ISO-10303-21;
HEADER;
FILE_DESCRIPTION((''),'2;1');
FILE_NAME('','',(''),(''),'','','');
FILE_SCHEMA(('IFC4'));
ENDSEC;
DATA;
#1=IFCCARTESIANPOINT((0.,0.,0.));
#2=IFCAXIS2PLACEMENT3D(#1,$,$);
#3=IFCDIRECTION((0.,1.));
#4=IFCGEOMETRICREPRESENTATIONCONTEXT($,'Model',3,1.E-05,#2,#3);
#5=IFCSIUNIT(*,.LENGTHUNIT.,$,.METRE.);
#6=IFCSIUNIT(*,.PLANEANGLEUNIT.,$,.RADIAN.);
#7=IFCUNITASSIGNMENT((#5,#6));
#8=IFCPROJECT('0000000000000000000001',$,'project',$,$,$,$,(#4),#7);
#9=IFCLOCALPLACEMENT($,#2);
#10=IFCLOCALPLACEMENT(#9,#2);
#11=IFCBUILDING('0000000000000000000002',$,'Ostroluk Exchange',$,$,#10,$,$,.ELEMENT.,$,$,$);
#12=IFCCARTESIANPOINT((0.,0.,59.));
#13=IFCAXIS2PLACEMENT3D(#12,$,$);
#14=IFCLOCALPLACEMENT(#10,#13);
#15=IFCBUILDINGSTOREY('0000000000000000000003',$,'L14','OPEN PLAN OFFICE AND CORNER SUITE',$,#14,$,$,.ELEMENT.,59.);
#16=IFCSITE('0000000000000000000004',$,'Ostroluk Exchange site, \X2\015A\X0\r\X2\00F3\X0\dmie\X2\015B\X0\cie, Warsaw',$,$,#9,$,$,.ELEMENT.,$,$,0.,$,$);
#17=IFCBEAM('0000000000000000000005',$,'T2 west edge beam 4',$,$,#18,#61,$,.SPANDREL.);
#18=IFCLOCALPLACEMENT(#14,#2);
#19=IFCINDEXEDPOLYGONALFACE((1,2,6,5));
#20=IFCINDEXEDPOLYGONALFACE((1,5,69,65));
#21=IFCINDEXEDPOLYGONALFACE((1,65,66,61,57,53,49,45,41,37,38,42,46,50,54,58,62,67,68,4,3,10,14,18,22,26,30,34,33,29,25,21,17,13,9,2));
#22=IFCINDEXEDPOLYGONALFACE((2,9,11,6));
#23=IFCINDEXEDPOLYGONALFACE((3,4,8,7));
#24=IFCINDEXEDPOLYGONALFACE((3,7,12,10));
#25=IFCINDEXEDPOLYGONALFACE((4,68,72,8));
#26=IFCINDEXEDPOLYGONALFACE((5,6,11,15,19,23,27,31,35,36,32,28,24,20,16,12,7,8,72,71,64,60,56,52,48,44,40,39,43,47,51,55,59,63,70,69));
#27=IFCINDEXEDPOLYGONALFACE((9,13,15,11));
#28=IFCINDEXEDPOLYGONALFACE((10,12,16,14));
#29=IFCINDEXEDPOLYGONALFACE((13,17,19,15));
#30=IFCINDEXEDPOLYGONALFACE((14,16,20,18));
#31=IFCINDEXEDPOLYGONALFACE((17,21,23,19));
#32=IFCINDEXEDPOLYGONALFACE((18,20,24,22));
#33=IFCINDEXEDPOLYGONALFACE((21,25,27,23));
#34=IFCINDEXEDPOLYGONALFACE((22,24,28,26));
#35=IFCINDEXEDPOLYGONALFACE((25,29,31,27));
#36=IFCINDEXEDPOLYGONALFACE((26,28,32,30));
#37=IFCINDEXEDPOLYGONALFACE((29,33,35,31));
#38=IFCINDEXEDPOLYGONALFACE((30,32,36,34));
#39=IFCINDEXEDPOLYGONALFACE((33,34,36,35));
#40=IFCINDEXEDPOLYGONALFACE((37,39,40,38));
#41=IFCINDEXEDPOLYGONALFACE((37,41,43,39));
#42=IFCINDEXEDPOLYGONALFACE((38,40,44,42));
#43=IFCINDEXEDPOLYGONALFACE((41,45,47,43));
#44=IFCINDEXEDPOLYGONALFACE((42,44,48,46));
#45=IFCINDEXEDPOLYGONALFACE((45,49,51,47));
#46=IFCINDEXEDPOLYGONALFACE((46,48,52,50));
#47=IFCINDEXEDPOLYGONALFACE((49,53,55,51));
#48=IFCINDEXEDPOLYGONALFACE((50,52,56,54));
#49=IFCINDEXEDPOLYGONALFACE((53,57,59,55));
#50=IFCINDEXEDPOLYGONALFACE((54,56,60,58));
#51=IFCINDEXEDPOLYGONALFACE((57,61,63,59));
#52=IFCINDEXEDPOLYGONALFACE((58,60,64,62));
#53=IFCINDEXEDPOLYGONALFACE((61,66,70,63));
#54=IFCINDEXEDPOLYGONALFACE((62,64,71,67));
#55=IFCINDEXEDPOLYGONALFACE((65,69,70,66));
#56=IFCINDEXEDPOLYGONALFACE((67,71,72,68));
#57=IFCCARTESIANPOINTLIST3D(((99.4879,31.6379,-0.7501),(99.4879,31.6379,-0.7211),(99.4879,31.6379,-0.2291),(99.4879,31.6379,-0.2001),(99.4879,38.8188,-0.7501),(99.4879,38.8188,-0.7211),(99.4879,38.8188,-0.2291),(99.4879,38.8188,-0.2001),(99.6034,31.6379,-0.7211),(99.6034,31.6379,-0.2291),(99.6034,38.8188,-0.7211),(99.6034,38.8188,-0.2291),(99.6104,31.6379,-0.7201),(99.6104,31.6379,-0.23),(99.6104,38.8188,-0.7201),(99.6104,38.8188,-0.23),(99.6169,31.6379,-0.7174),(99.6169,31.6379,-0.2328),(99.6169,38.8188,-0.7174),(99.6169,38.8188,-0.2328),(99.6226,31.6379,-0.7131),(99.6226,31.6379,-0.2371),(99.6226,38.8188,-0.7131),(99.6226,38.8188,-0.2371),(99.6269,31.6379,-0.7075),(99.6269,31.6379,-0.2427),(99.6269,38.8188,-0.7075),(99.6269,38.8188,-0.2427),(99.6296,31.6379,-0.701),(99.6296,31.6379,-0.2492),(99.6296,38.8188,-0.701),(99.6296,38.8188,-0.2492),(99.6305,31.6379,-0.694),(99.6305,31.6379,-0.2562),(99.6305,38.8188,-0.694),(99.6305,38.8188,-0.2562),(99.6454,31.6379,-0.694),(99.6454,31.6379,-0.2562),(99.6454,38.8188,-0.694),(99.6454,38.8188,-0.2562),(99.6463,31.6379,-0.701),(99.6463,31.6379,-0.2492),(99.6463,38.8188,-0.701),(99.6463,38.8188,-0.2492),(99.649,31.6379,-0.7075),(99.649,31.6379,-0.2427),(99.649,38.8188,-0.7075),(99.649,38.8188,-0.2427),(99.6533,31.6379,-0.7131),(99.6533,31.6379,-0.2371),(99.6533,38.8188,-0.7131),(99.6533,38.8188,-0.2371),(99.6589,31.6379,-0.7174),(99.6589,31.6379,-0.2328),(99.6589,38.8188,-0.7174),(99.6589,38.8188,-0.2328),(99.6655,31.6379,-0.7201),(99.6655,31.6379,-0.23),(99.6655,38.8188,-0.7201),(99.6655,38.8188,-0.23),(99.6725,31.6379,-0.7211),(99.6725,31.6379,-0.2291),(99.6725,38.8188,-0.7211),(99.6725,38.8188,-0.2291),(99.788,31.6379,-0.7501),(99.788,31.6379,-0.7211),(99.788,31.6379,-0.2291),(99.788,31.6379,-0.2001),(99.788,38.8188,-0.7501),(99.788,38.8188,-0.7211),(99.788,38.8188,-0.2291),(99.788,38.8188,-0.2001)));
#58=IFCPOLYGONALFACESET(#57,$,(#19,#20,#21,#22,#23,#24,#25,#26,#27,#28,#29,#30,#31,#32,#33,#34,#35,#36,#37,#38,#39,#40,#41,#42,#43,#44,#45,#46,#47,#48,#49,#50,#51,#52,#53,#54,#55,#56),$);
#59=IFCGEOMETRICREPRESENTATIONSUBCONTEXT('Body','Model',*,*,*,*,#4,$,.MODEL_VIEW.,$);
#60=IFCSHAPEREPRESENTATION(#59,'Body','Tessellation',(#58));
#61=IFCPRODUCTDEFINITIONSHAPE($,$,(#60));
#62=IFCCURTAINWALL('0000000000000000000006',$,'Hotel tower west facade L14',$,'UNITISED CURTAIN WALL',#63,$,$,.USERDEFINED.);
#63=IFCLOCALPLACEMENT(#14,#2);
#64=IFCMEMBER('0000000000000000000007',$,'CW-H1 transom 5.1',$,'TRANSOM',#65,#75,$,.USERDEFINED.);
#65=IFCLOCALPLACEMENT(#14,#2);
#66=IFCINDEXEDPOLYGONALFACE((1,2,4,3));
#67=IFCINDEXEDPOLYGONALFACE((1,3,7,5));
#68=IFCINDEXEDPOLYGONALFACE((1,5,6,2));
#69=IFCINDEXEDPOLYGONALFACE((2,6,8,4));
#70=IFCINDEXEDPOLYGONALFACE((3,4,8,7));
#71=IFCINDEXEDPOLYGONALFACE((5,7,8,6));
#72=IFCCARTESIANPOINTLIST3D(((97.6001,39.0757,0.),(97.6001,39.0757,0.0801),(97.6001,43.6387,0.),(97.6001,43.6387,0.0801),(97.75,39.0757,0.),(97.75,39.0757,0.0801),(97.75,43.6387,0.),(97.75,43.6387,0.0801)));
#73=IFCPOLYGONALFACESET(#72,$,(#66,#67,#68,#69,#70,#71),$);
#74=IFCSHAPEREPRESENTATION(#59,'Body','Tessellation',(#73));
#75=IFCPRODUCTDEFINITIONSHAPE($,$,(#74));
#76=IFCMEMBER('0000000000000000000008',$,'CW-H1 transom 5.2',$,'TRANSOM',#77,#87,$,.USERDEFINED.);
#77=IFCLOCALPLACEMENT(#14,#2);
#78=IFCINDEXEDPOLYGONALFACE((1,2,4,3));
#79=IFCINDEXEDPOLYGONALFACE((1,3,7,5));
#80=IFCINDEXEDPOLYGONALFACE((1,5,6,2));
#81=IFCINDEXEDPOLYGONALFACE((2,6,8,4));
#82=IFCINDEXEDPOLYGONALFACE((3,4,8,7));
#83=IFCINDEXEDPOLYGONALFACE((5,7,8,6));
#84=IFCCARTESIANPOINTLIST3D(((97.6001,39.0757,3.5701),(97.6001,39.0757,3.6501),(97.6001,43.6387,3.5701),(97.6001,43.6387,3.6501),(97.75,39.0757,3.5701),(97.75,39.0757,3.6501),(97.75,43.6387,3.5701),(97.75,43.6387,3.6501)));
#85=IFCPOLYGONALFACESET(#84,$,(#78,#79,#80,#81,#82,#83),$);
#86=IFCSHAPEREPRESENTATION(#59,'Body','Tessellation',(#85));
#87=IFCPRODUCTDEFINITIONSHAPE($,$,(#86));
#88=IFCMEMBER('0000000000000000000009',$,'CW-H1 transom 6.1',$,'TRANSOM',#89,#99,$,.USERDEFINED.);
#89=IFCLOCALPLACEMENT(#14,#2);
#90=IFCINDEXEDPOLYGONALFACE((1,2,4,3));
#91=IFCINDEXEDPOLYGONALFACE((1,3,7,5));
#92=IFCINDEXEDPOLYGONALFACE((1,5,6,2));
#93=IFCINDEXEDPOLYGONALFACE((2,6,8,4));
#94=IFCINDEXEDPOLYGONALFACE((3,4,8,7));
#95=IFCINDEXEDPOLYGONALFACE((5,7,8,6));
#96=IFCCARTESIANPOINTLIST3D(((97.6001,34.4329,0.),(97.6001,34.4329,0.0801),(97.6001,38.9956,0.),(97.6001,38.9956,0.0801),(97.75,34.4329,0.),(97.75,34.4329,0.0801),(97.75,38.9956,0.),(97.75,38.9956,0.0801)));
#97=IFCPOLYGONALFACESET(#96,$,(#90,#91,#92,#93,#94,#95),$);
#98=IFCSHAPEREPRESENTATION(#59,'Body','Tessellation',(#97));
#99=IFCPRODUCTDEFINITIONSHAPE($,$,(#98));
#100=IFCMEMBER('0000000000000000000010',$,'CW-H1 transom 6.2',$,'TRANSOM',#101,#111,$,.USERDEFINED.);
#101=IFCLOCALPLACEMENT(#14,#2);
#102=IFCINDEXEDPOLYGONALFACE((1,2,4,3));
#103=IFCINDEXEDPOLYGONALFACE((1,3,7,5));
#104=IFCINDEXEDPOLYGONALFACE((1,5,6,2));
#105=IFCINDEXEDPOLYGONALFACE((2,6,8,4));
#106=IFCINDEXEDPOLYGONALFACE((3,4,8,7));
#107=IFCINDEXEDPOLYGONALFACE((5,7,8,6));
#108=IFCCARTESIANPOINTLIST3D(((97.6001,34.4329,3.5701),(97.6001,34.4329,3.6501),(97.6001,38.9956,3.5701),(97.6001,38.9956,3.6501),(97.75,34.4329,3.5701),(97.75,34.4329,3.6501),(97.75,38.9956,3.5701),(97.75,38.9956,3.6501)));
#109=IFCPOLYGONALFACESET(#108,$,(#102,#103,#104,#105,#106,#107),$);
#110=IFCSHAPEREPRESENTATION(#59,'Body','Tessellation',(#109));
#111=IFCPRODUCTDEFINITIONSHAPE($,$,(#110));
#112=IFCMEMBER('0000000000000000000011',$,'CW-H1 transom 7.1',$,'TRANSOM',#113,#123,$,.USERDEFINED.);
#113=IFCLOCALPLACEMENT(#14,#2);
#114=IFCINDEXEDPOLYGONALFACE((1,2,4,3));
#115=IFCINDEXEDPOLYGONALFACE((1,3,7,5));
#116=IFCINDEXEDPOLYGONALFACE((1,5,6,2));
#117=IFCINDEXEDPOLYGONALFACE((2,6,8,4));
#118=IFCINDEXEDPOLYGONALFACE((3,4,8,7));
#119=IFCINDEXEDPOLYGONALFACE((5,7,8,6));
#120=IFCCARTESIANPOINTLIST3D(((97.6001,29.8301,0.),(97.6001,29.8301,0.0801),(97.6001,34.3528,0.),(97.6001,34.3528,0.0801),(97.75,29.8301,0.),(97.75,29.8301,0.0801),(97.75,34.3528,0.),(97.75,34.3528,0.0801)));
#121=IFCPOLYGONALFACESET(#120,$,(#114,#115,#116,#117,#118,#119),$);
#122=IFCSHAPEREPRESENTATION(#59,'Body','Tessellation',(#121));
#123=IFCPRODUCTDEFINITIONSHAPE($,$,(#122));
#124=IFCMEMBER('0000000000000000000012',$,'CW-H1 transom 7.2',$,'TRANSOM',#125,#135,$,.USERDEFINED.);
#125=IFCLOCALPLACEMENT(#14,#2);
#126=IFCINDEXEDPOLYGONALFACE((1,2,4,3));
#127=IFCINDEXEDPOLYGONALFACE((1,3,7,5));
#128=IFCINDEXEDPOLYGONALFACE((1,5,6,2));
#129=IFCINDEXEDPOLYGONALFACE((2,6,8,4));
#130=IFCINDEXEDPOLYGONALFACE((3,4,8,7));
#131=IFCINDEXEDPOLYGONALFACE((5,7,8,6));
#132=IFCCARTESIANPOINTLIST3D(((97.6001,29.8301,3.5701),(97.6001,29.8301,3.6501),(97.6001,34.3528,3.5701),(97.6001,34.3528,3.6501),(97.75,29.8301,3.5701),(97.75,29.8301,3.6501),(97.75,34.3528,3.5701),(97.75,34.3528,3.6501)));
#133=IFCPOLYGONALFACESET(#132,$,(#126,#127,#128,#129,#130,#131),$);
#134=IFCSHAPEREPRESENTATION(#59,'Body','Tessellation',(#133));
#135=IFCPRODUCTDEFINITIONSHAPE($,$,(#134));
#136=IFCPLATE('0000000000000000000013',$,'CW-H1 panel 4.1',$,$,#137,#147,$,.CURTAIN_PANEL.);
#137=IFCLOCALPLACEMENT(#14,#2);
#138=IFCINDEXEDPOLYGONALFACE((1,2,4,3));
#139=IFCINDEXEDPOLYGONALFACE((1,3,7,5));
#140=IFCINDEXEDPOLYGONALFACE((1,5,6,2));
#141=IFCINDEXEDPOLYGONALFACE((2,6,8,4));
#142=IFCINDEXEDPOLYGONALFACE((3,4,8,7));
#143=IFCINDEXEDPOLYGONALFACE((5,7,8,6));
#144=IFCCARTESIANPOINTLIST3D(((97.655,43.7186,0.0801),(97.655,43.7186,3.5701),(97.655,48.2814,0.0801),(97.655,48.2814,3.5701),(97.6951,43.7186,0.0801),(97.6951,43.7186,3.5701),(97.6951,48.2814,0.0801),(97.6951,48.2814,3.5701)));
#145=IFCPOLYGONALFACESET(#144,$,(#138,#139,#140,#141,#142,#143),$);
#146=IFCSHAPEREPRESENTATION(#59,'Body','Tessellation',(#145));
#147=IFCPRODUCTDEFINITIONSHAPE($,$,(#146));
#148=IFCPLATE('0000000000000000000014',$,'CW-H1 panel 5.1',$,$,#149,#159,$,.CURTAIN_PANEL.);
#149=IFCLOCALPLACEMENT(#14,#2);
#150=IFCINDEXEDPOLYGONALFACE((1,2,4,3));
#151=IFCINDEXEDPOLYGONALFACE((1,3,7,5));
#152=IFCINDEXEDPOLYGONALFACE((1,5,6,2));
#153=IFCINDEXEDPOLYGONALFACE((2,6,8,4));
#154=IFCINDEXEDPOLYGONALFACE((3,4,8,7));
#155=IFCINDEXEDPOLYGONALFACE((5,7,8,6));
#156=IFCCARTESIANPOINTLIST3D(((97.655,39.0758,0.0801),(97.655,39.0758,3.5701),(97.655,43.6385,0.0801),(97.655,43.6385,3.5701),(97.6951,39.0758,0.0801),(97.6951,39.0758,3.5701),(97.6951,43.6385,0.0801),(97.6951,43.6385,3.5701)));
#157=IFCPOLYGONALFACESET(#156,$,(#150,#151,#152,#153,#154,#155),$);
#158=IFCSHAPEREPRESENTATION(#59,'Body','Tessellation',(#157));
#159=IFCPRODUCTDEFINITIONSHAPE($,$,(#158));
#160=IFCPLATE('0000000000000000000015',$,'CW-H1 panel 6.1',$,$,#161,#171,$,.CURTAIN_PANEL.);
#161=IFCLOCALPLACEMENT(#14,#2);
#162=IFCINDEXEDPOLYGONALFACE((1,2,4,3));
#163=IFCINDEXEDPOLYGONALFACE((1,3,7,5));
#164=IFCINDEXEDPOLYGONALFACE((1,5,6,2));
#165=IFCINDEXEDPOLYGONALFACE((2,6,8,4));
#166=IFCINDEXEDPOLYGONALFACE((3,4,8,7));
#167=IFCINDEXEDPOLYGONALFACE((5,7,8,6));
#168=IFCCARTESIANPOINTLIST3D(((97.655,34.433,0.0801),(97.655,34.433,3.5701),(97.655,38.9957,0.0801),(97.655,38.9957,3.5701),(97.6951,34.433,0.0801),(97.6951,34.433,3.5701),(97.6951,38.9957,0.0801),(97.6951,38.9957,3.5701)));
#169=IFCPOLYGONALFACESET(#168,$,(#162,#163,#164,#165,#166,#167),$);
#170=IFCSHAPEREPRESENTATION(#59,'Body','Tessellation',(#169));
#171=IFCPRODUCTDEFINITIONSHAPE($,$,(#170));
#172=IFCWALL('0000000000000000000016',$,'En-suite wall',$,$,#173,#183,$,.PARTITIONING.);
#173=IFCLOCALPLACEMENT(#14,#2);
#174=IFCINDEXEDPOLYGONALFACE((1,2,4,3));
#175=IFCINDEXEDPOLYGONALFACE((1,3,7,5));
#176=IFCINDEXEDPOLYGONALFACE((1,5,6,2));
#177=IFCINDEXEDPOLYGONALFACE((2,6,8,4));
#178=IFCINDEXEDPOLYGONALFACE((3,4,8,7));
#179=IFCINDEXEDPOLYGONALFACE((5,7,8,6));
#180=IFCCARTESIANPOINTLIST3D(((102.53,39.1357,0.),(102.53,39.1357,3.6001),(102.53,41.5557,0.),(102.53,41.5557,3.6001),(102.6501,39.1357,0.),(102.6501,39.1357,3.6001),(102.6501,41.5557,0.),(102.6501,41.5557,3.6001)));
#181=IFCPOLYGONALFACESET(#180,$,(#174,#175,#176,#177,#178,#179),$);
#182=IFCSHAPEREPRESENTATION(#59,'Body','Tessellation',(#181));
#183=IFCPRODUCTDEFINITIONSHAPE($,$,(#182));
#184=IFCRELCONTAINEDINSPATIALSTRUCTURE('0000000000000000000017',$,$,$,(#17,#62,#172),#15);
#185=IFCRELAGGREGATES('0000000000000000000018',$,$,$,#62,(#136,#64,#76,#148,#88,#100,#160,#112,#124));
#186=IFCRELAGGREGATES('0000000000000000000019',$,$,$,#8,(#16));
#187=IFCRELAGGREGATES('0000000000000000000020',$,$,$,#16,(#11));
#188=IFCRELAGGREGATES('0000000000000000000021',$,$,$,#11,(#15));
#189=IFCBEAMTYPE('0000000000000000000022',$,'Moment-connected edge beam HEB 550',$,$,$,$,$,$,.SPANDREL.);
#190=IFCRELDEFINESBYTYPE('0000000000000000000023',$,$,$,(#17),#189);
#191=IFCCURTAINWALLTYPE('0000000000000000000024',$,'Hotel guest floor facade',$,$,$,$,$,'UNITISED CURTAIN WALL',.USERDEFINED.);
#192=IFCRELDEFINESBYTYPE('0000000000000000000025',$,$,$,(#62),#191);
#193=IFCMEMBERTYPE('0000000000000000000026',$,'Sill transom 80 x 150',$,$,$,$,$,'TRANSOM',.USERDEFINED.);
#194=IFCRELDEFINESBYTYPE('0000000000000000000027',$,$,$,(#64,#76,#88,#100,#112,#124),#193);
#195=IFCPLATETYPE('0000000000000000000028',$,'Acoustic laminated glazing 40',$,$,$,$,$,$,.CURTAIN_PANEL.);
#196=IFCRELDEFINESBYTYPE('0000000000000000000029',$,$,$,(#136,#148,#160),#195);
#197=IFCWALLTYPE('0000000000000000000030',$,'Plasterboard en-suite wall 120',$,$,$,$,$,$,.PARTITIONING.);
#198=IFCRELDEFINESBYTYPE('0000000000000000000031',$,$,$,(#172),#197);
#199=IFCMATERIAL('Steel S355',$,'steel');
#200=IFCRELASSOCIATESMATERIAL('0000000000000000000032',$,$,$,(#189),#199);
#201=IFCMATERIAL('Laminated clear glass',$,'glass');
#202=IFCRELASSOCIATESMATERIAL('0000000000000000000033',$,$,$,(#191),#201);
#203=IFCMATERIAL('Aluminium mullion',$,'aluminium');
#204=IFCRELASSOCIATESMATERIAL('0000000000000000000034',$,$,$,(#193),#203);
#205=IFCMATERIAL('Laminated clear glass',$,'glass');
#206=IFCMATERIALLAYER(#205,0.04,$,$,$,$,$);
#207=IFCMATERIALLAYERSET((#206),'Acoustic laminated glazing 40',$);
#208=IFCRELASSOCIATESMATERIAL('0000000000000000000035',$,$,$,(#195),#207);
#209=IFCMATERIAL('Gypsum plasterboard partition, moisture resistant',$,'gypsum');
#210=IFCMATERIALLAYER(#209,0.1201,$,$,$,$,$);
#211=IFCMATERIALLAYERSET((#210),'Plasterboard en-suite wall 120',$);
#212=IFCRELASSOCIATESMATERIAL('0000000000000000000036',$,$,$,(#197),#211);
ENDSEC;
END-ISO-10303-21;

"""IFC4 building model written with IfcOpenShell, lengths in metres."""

from ifc_helpers import new_model, si_unit, direction, frame, frame_2d, origin, origin_2d, place, context, subcontext, project, spatial, rectangle, i_section, extrude, material, layer, layer_set, material_profile, profile_set, type_object, element, aggregate, save


model = new_model("IFC4")

# Units and contexts
model_context = context("Model", 3, precision=1e-05, world=origin(), true_north=direction((0.0, 1.0)))
body_context = subcontext(model_context, "Body", "Model", "MODEL_VIEW")
ifc_project = project(units=[si_unit("LENGTHUNIT", "METRE"), si_unit("PLANEANGLEUNIT", "RADIAN")], contexts=[model_context])

# Site, building, storey
site_placement = place(None, origin())
site = spatial("IfcSite", under=ifc_project, at=site_placement, Name="Ostroluk Exchange site, Śródmieście, Warsaw", CompositionType="ELEMENT", RefElevation=0.0)
building_placement = place(site_placement, origin())
building = spatial("IfcBuilding", under=site, at=building_placement, Name="Ostroluk Exchange", CompositionType="ELEMENT")
storey_placement = place(building_placement, frame((0.0, 0.0, 59.0)))
storey = spatial("IfcBuildingStorey", under=building, at=storey_placement, Name="L14", Description="OPEN PLAN OFFICE AND CORNER SUITE", CompositionType="ELEMENT", Elevation=59.0)

# Beam
ifc_material_1 = material(Name="Steel S355", Category="steel")
ifc_material_profile_1 = material_profile(ifc_material_1, i_section(OverallWidth=0.3, OverallDepth=0.55, WebThickness=0.0149, FlangeThickness=0.0291, FilletRadius=0.0271, at=origin_2d()), Name="HEB 550")
ifc_profile_set_1 = profile_set([ifc_material_profile_1], Name="Steel S355")
beam_type = type_object("IfcBeamType", Name="Moment-connected edge beam HEB 550", PredefinedType="SPANDREL", material=ifc_profile_set_1)
beam_placement = place(storey_placement, frame((99.6379, 38.8188, -0.4751), z_axis=(0.0, -1.0, 0.0), x_axis=(1.0, 0.0, 0.0)))
element("IfcBeam", 1, at=beam_placement, inside=storey, type_object=beam_type, Name="T2 west edge beam 4", PredefinedType="SPANDREL", context=body_context, shape_type="SweptSolid", body=[
    extrude(i_section(OverallWidth=0.3, OverallDepth=0.55, WebThickness=0.0149, FlangeThickness=0.0291, FilletRadius=0.0271, at=origin_2d()), origin(), (0.0, 0.0, 1.0), 7.1809),
])

# Curtain wall, members, plates
ifc_material_2 = material(Name="Laminated clear glass", Category="glass")
curtain_wall_type = type_object("IfcCurtainWallType", Name="Hotel guest floor facade", ElementType="UNITISED CURTAIN WALL", PredefinedType="USERDEFINED", material=ifc_material_2)
curtain_wall_placement = place(storey_placement, origin())
curtain_wall = element("IfcCurtainWall", 2, at=curtain_wall_placement, inside=storey, type_object=curtain_wall_type, Name="Hotel tower west facade L14", ObjectType="UNITISED CURTAIN WALL", PredefinedType="USERDEFINED")
ifc_material_3 = material(Name="Aluminium mullion", Category="aluminium")
ifc_material_profile_2 = material_profile(ifc_material_3, rectangle(XDim=0.1499, YDim=0.0801, at=origin_2d()), Name="Sill transom 80 x 150")
ifc_profile_set_2 = profile_set([ifc_material_profile_2], Name="Aluminium mullion")
member_type = type_object("IfcMemberType", Name="Sill transom 80 x 150", ElementType="TRANSOM", PredefinedType="USERDEFINED", material=ifc_profile_set_2)
member_1_placement = place(storey_placement, frame((97.675, 43.6387, 0.04), z_axis=(0.0, -1.0, 0.0), x_axis=(1.0, 0.0, 0.0)))
member_1 = element("IfcMember", 3, at=member_1_placement, type_object=member_type, Name="CW-H1 transom 5.1", ObjectType="TRANSOM", PredefinedType="USERDEFINED", context=body_context, shape_type="SweptSolid", body=[
    extrude(rectangle(XDim=0.1499, YDim=0.0801, at=origin_2d()), origin(), (0.0, 0.0, 1.0), 4.563),
])
member_2_placement = place(storey_placement, frame((97.675, 43.6387, 3.6101), z_axis=(0.0, -1.0, 0.0), x_axis=(1.0, 0.0, 0.0)))
member_2 = element("IfcMember", 4, at=member_2_placement, type_object=member_type, Name="CW-H1 transom 5.2", ObjectType="TRANSOM", PredefinedType="USERDEFINED", context=body_context, shape_type="SweptSolid", body=[
    extrude(rectangle(XDim=0.1499, YDim=0.0801, at=origin_2d()), origin(), (0.0, 0.0, 1.0), 4.563),
])
member_3_placement = place(storey_placement, frame((97.675, 38.9956, 0.04), z_axis=(0.0, -1.0, 0.0), x_axis=(1.0, 0.0, 0.0)))
member_3 = element("IfcMember", 5, at=member_3_placement, type_object=member_type, Name="CW-H1 transom 6.1", ObjectType="TRANSOM", PredefinedType="USERDEFINED", context=body_context, shape_type="SweptSolid", body=[
    extrude(rectangle(XDim=0.1499, YDim=0.0801, at=origin_2d()), origin(), (0.0, 0.0, 1.0), 4.5627),
])
member_4_placement = place(storey_placement, frame((97.675, 38.9956, 3.6101), z_axis=(0.0, -1.0, 0.0), x_axis=(1.0, 0.0, 0.0)))
member_4 = element("IfcMember", 6, at=member_4_placement, type_object=member_type, Name="CW-H1 transom 6.2", ObjectType="TRANSOM", PredefinedType="USERDEFINED", context=body_context, shape_type="SweptSolid", body=[
    extrude(rectangle(XDim=0.1499, YDim=0.0801, at=origin_2d()), origin(), (0.0, 0.0, 1.0), 4.5627),
])
member_5_placement = place(storey_placement, frame((97.675, 34.3528, 0.04), z_axis=(0.0, -1.0, 0.0), x_axis=(1.0, 0.0, 0.0)))
member_5 = element("IfcMember", 7, at=member_5_placement, type_object=member_type, Name="CW-H1 transom 7.1", ObjectType="TRANSOM", PredefinedType="USERDEFINED", context=body_context, shape_type="SweptSolid", body=[
    extrude(rectangle(XDim=0.1499, YDim=0.0801, at=origin_2d()), origin(), (0.0, 0.0, 1.0), 4.5227),
])
member_6_placement = place(storey_placement, frame((97.675, 34.3528, 3.6101), z_axis=(0.0, -1.0, 0.0), x_axis=(1.0, 0.0, 0.0)))
member_6 = element("IfcMember", 8, at=member_6_placement, type_object=member_type, Name="CW-H1 transom 7.2", ObjectType="TRANSOM", PredefinedType="USERDEFINED", context=body_context, shape_type="SweptSolid", body=[
    extrude(rectangle(XDim=0.1499, YDim=0.0801, at=origin_2d()), origin(), (0.0, 0.0, 1.0), 4.5227),
])
ifc_material_4 = material(Name="Laminated clear glass", Category="glass")
ifc_layer_1 = layer(ifc_material_4, 0.04)
ifc_layer_set_1 = layer_set([ifc_layer_1], Name="Acoustic laminated glazing 40")
plate_type = type_object("IfcPlateType", Name="Acoustic laminated glazing 40", PredefinedType="CURTAIN_PANEL", material=ifc_layer_set_1)
plate_1_placement = place(storey_placement, frame((97.675, 46.0, 0.0801), z_axis=(0.0, 0.0, 1.0), x_axis=(0.0, -1.0, 0.0)))
plate_1 = element("IfcPlate", 9, at=plate_1_placement, type_object=plate_type, Name="CW-H1 panel 4.1", PredefinedType="CURTAIN_PANEL", context=body_context, shape_type="SweptSolid", body=[
    extrude(rectangle(XDim=4.5627, YDim=0.04, at=origin_2d()), origin(), (0.0, 0.0, 1.0), 3.49),
])
plate_2_placement = place(storey_placement, frame((97.675, 41.3572, 0.0801), z_axis=(0.0, 0.0, 1.0), x_axis=(0.0, -1.0, 0.0)))
plate_2 = element("IfcPlate", 10, at=plate_2_placement, type_object=plate_type, Name="CW-H1 panel 5.1", PredefinedType="CURTAIN_PANEL", context=body_context, shape_type="SweptSolid", body=[
    extrude(rectangle(XDim=4.5627, YDim=0.04, at=origin_2d()), origin(), (0.0, 0.0, 1.0), 3.49),
])
plate_3_placement = place(storey_placement, frame((97.675, 36.7144, 0.0801), z_axis=(0.0, 0.0, 1.0), x_axis=(0.0, -1.0, 0.0)))
plate_3 = element("IfcPlate", 11, at=plate_3_placement, type_object=plate_type, Name="CW-H1 panel 6.1", PredefinedType="CURTAIN_PANEL", context=body_context, shape_type="SweptSolid", body=[
    extrude(rectangle(XDim=4.5627, YDim=0.04, at=origin_2d()), origin(), (0.0, 0.0, 1.0), 3.49),
])
aggregate(curtain_wall, [plate_1, member_1, member_2, plate_2, member_3, member_4, plate_3, member_5, member_6])

# Wall
ifc_material_5 = material(Name="Gypsum plasterboard partition, moisture resistant", Category="gypsum")
ifc_layer_2 = layer(ifc_material_5, 0.1201)
ifc_layer_set_2 = layer_set([ifc_layer_2], Name="Plasterboard en-suite wall 120")
wall_type_1 = type_object("IfcWallType", Name="Plasterboard en-suite wall 120", PredefinedType="PARTITIONING", material=ifc_layer_set_2)
wall_1_placement = place(storey_placement, frame((102.5901, 41.5557, 0.0), z_axis=(0.0, 0.0, 1.0), x_axis=(0.0, -1.0, 0.0)))
element("IfcWall", 12, at=wall_1_placement, inside=storey, type_object=wall_type_1, Name="En-suite wall", PredefinedType="PARTITIONING", context=body_context, shape_type="SweptSolid", body=[
    extrude(rectangle(XDim=2.4199, YDim=0.1201, at=frame_2d((1.21, 0.0))), origin(), (0.0, 0.0, 1.0), 3.6001),
])

save(model, "model.ifc")
